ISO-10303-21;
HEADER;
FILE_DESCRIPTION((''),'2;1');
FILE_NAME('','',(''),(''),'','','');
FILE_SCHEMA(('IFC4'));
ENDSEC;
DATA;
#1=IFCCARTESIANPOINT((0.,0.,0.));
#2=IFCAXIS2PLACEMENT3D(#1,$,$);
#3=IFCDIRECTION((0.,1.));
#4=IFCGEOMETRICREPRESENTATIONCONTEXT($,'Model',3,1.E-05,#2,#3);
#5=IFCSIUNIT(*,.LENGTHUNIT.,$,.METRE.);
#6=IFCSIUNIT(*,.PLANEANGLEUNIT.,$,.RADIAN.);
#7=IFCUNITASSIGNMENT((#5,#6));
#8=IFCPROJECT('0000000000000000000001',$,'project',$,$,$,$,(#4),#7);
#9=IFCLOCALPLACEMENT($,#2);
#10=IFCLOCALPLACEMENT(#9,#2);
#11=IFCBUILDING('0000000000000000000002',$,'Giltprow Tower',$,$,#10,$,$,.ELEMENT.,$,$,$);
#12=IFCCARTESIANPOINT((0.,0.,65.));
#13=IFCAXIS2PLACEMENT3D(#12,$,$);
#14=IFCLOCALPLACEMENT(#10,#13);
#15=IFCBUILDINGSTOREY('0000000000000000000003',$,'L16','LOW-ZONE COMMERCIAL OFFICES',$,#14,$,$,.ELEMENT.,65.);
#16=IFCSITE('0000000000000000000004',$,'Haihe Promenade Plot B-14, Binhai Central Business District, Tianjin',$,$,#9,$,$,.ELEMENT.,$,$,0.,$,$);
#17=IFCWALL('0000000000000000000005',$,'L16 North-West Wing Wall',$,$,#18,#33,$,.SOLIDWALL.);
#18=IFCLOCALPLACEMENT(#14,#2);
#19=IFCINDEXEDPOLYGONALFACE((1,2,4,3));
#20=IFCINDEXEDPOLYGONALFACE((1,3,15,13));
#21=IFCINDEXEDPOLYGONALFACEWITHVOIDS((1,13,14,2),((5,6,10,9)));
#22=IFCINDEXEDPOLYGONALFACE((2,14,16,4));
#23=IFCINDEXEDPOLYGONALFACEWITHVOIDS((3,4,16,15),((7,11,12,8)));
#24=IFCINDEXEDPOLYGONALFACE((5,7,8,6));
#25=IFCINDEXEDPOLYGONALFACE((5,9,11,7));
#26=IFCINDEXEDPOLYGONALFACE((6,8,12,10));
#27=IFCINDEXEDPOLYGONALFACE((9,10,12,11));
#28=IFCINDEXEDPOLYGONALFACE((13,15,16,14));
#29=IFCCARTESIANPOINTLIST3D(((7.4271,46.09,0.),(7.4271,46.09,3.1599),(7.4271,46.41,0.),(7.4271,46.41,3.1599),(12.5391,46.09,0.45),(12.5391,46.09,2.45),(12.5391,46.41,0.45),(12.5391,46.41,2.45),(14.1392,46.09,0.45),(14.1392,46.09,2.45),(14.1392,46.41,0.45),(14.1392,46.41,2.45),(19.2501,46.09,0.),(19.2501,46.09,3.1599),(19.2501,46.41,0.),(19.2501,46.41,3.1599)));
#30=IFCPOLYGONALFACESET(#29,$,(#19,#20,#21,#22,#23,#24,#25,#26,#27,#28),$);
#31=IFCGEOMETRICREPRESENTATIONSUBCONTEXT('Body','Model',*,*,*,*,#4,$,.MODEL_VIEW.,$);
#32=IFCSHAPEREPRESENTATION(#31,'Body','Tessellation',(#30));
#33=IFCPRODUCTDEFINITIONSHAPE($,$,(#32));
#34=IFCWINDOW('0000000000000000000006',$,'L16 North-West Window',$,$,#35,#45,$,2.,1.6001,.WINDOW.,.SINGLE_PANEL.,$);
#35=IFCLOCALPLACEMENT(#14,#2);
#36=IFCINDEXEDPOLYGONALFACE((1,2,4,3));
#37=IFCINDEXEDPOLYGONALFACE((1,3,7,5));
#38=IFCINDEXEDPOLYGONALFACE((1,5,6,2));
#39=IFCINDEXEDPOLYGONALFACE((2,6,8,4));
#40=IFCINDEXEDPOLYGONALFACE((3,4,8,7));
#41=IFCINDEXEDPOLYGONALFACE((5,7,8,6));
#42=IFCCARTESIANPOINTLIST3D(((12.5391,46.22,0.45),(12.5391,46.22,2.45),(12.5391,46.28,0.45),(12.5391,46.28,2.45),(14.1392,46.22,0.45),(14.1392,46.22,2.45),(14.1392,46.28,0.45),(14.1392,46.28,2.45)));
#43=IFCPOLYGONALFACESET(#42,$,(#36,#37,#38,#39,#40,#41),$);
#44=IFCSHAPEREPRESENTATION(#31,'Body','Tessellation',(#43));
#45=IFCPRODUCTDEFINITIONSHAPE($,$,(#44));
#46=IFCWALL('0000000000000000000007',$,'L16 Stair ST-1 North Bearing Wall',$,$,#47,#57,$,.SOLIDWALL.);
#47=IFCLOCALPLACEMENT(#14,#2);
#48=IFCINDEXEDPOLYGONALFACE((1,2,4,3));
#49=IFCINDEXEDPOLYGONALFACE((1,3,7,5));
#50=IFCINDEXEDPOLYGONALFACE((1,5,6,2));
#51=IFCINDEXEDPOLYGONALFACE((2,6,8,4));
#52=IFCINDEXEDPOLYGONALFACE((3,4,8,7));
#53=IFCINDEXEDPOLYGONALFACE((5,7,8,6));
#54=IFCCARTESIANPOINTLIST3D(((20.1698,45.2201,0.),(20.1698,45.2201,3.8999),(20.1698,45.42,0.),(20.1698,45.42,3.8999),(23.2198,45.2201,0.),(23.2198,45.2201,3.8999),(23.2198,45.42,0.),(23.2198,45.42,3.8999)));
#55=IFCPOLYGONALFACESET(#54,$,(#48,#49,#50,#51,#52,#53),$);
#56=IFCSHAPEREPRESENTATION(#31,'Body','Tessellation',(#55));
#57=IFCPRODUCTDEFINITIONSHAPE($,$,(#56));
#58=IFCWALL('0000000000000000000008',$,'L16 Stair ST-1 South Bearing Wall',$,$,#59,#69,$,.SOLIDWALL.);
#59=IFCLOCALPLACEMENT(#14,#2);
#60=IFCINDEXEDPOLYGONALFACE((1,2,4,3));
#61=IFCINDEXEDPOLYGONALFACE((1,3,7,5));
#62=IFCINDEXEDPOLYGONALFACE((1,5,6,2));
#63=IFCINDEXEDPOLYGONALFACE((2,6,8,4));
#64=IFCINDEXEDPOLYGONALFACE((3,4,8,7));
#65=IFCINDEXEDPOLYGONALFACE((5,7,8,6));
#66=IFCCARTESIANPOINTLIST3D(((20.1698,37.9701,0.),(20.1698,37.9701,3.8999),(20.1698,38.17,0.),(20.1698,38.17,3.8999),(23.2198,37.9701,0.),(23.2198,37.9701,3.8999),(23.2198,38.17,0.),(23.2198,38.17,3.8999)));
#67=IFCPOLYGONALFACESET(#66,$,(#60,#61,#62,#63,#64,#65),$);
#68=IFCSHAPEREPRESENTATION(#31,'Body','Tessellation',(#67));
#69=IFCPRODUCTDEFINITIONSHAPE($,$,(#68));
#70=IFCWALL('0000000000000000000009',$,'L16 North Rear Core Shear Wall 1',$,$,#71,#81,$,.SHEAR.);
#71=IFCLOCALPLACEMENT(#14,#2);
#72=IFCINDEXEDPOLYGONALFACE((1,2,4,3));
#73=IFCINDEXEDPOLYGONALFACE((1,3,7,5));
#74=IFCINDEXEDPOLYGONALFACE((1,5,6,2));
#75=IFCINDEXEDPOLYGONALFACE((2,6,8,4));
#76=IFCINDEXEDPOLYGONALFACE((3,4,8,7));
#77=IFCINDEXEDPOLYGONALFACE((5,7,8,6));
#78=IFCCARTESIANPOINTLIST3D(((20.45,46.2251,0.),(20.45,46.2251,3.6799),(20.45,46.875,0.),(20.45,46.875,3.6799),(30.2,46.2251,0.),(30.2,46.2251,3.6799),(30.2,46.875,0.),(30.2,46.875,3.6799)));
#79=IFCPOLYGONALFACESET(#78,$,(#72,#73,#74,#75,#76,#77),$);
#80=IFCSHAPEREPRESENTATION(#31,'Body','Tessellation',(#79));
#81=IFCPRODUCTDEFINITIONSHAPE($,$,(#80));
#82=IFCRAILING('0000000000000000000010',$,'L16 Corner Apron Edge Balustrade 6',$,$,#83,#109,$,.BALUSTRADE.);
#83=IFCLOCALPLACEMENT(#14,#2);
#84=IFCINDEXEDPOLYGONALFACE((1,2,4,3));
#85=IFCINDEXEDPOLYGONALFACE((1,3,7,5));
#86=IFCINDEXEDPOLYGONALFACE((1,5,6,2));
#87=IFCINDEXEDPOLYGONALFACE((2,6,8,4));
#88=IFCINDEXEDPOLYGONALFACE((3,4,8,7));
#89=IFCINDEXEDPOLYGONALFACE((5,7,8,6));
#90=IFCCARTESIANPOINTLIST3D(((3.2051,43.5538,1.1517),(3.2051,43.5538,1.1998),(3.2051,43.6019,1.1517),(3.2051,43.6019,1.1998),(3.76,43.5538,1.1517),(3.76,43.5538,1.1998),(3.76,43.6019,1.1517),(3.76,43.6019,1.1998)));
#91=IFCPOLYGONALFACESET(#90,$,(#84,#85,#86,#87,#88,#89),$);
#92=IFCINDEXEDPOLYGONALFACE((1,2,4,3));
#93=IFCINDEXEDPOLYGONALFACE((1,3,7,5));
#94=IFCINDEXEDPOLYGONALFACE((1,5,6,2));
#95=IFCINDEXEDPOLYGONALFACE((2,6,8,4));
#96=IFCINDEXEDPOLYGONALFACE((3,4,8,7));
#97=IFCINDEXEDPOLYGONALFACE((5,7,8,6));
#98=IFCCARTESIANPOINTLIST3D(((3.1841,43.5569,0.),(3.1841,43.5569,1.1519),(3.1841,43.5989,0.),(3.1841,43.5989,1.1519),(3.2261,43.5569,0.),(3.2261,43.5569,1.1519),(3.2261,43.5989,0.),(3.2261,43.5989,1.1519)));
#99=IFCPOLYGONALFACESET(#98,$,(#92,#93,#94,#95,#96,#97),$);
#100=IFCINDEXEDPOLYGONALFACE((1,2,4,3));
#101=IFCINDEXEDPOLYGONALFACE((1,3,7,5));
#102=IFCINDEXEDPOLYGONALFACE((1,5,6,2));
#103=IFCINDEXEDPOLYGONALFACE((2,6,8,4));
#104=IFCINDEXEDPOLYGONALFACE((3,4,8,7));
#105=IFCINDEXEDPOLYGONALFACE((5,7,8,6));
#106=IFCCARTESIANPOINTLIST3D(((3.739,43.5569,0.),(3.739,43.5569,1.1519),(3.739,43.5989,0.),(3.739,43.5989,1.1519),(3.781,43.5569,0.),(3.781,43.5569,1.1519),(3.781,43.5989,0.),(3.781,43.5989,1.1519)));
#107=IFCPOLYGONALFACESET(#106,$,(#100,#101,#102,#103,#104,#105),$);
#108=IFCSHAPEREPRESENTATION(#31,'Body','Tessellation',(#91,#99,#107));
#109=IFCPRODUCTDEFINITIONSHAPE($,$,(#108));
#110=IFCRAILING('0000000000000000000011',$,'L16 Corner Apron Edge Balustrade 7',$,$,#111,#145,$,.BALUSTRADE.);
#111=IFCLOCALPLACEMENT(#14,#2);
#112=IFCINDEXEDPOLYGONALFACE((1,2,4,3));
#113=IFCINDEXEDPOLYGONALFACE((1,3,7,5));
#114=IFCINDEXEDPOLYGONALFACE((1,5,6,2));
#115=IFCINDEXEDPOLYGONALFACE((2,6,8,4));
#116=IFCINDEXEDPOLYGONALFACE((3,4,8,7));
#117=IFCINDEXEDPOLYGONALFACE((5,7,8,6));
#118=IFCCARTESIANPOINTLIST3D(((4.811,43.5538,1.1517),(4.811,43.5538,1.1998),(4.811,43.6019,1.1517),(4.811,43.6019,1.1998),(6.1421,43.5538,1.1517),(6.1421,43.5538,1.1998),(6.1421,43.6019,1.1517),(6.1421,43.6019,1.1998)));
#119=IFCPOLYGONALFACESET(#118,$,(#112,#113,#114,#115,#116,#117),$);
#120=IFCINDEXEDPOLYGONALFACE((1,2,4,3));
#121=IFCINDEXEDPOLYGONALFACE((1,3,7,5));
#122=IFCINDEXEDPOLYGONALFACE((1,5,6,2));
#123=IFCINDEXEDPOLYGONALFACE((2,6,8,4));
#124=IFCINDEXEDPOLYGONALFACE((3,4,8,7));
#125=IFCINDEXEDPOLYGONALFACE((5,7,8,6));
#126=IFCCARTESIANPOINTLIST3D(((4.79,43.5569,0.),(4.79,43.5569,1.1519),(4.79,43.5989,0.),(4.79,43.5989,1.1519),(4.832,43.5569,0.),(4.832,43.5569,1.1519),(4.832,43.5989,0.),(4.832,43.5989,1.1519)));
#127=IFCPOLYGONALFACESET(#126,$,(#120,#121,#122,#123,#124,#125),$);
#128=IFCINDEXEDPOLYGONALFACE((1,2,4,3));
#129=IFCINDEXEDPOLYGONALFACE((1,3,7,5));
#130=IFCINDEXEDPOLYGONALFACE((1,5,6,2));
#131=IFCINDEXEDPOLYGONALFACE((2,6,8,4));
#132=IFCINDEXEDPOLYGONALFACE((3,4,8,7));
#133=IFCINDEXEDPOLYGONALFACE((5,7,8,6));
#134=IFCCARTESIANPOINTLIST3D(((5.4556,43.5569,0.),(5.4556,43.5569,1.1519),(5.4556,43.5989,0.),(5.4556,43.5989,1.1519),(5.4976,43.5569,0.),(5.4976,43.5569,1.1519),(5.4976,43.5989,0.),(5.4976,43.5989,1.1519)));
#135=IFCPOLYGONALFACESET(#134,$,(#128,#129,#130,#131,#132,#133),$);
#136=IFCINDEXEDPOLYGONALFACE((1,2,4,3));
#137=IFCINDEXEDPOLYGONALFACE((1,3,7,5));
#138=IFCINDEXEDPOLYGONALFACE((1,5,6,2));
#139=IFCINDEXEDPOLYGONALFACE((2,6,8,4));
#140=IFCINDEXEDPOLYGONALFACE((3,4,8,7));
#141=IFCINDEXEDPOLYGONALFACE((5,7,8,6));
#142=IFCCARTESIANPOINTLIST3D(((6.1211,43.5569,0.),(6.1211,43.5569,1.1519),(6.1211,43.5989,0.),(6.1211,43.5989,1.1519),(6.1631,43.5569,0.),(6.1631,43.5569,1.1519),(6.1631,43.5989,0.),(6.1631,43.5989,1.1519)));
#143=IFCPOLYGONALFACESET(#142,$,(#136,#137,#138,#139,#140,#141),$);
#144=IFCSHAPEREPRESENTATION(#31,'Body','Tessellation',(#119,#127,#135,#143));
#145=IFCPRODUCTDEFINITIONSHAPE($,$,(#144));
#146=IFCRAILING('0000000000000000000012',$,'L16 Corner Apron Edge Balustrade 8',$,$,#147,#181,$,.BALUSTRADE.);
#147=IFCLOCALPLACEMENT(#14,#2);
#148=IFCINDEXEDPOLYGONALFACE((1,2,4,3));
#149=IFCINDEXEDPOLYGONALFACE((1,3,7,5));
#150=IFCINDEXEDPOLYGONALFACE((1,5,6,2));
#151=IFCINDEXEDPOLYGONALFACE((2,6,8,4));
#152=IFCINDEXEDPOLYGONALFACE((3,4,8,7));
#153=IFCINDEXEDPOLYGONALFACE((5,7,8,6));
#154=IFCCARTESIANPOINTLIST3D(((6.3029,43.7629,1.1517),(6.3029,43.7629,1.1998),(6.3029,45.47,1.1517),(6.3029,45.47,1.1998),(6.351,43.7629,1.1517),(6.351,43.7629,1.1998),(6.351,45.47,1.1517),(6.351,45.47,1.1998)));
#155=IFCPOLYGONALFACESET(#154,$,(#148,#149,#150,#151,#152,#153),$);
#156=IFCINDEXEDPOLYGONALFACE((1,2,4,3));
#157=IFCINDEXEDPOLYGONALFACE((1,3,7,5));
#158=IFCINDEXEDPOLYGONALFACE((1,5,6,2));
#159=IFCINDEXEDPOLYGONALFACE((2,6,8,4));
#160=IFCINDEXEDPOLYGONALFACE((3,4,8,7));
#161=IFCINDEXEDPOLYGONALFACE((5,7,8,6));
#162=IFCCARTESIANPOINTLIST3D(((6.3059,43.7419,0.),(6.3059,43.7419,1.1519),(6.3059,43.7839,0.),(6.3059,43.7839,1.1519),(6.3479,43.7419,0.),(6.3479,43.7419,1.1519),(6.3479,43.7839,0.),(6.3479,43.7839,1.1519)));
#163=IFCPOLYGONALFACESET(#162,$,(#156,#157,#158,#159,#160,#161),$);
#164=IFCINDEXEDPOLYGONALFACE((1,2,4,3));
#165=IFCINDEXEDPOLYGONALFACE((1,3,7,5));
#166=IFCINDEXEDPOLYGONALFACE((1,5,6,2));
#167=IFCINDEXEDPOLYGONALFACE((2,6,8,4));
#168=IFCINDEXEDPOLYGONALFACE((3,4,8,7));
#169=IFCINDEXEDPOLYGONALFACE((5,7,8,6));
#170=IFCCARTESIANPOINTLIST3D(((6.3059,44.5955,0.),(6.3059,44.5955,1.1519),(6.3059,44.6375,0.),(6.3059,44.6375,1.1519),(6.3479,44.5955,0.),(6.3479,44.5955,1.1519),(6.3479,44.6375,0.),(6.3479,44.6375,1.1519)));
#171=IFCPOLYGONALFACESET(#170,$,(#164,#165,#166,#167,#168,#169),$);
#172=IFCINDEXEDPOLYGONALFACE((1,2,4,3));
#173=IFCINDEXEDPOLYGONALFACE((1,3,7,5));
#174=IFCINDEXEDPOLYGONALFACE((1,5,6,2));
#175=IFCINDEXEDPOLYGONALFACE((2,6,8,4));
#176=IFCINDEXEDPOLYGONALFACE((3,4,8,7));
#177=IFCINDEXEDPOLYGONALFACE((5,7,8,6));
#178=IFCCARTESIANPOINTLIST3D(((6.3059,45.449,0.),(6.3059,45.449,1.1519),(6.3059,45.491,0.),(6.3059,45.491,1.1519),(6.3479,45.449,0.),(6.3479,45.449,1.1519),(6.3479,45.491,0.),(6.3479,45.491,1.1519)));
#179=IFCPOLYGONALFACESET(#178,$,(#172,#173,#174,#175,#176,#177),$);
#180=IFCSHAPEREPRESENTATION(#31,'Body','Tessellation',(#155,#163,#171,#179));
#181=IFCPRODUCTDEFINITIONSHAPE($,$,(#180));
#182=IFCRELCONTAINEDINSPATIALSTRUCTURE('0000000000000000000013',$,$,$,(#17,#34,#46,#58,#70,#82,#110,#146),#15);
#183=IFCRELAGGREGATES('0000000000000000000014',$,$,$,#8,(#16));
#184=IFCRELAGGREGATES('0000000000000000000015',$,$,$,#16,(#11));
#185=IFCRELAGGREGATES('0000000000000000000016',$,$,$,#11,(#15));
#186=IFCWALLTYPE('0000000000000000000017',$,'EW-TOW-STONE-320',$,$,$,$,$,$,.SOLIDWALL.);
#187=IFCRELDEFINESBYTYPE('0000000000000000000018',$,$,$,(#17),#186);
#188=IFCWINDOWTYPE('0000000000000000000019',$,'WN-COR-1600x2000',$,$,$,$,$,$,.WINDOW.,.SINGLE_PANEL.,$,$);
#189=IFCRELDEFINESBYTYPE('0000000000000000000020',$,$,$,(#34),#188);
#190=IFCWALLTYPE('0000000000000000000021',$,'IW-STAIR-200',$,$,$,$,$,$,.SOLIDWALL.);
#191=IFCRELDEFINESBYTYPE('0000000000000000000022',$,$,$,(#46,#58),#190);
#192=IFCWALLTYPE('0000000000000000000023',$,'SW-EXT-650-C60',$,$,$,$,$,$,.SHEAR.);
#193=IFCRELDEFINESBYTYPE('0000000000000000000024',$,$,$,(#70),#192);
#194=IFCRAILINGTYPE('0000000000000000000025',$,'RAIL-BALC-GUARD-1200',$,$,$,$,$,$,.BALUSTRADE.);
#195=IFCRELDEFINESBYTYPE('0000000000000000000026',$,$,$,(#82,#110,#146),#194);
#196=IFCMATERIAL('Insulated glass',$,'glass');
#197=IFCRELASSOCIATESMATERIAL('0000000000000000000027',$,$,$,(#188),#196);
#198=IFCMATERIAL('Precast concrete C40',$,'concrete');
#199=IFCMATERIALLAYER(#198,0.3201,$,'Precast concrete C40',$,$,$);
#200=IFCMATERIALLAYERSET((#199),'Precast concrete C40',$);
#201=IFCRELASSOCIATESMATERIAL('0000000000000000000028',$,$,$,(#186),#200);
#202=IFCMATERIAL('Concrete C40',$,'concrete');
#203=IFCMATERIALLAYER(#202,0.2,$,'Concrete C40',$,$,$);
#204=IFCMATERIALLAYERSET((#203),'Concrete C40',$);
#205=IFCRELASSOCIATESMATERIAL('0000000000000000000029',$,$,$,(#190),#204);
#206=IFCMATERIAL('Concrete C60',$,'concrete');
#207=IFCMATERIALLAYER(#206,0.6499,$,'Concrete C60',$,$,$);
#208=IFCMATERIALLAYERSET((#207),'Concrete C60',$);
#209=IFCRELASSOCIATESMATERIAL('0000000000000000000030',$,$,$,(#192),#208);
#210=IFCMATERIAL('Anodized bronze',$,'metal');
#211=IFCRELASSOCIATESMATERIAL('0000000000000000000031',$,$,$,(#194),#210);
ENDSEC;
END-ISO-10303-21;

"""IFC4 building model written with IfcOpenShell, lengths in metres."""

from ifc_helpers import new_model, si_unit, direction, frame, frame_2d, origin, origin_2d, place, context, subcontext, project, spatial, rectangle, extrude, source, transform, mapped, material, layer, layer_set, type_object, element, fill, save


model = new_model("IFC4")

# Units and contexts
model_context = context("Model", 3, precision=1e-05, world=origin(), true_north=direction((0.0, 1.0)))
body_context = subcontext(model_context, "Body", "Model", "MODEL_VIEW")
ifc_project = project(units=[si_unit("LENGTHUNIT", "METRE"), si_unit("PLANEANGLEUNIT", "RADIAN")], contexts=[model_context])

# Site, building, storey
site_placement = place(None, origin())
site = spatial("IfcSite", under=ifc_project, at=site_placement, Name="Haihe Promenade Plot B-14, Binhai Central Business District, Tianjin", CompositionType="ELEMENT", RefElevation=0.0)
building_placement = place(site_placement, origin())
building = spatial("IfcBuilding", under=site, at=building_placement, Name="Giltprow Tower", CompositionType="ELEMENT")
storey_placement = place(building_placement, frame((0.0, 0.0, 65.0)))
storey = spatial("IfcBuildingStorey", under=building, at=storey_placement, Name="L16", Description="LOW-ZONE COMMERCIAL OFFICES", CompositionType="ELEMENT", Elevation=65.0)

# Shared definitions
ifc_material_1 = material(Name="Concrete C60", Category="concrete")

# Wall, opening, window
ifc_material_2 = material(Name="Precast concrete C40", Category="concrete")
ifc_material_3 = material(Name="Insulated glass", Category="glass")
window_type = type_object("IfcWindowType", Name="WN-COR-1600x2000", PartitioningType="SINGLE_PANEL", PredefinedType="WINDOW", material=ifc_material_3)
shared_shape_1 = source(origin(), body_context, "Body", "SweptSolid", [
    extrude(rectangle(XDim=1.6001, YDim=2.0, at=frame_2d((0.8, 1.0))), frame((0.0, 0.03, 0.0), z_axis=(0.0, -1.0, 0.0), x_axis=(1.0, 0.0, 0.0)), (0.0, 0.0, 1.0), 0.0601),
])
ifc_layer_1 = layer(ifc_material_2, 0.3201, Name="Precast concrete C40")
ifc_layer_set_1 = layer_set([ifc_layer_1], Name="Precast concrete C40")
wall_type_1 = type_object("IfcWallType", Name="EW-TOW-STONE-320", PredefinedType="SOLIDWALL", material=ifc_layer_set_1)
wall_1_placement = place(storey_placement, frame((7.427, 46.25, 0.0), z_axis=(0.0, 0.0, 1.0), x_axis=(1.0, 0.0, 0.0)))
wall_1 = element("IfcWall", 1, at=wall_1_placement, inside=storey, type_object=wall_type_1, Name="L16 North-West Wing Wall", PredefinedType="SOLIDWALL", context=body_context, shape_type="SweptSolid", body=[
    extrude(rectangle(XDim=11.823, YDim=0.3201, at=frame_2d((5.9116, 0.0))), origin(), (0.0, 0.0, 1.0), 3.1599),
])
opening_1_placement = place(wall_1_placement, frame((5.1121, 0.0, 0.45)))
opening_1 = element("IfcOpeningElement", 2, at=opening_1_placement, cuts=wall_1, PredefinedType="OPENING", context=body_context, shape_type="SweptSolid", body=[
    extrude(rectangle(XDim=1.6001, YDim=2.0, at=frame_2d((0.8, 1.0))), frame((0.0, 0.1699, 0.0), z_axis=(0.0, -1.0, 0.0), x_axis=(1.0, 0.0, 0.0)), (0.0, 0.0, 1.0), 0.3401),
])
window_1_placement = place(opening_1_placement, origin())
window_1 = element("IfcWindow", 3, at=window_1_placement, inside=storey, type_object=window_type, Name="L16 North-West Window", OverallHeight=2.0, OverallWidth=1.6001, PartitioningType="SINGLE_PANEL", PredefinedType="WINDOW", context=body_context, shape_type="MappedRepresentation", body=[
    mapped(shared_shape_1, transform((0.0, 0.0, 0.0), x_axis=(1.0, 0.0, 0.0), y_axis=(0.0, 1.0, 0.0), z_axis=(0.0, 0.0, 1.0), scale=1.0)),
])
fill(opening_1, window_1)

# Walls
ifc_material_4 = material(Name="Concrete C40", Category="concrete")
ifc_layer_2 = layer(ifc_material_4, 0.2, Name="Concrete C40")
ifc_layer_set_2 = layer_set([ifc_layer_2], Name="Concrete C40")
wall_type_2 = type_object("IfcWallType", Name="IW-STAIR-200", PredefinedType="SOLIDWALL", material=ifc_layer_set_2)
for number, where, z_axis, x_axis, name in (
    (4, (20.1699, 45.3201, 0.0), (0.0, 0.0, 1.0), (1.0, 0.0, 0.0), "L16 Stair ST-1 North Bearing Wall"),
    (5, (20.1699, 38.0701, 0.0), (0.0, 0.0, 1.0), (1.0, 0.0, 0.0), "L16 Stair ST-1 South Bearing Wall"),
):
    element("IfcWall", number, at=place(storey_placement, frame(where, z_axis=z_axis, x_axis=x_axis)), inside=storey, type_object=wall_type_2, Name=name, PredefinedType="SOLIDWALL", context=body_context, shape_type="SweptSolid", body=[
        extrude(rectangle(XDim=3.05, YDim=0.2, at=frame_2d((1.5249, 0.0))), origin(), (0.0, 0.0, 1.0), 3.8999),
    ])
ifc_layer_3 = layer(ifc_material_1, 0.6499, Name="Concrete C60")
ifc_layer_set_3 = layer_set([ifc_layer_3], Name="Concrete C60")
wall_type_3 = type_object("IfcWallType", Name="SW-EXT-650-C60", PredefinedType="SHEAR", material=ifc_layer_set_3)
wall_2_placement = place(storey_placement, frame((20.45, 46.55, 0.0), z_axis=(0.0, 0.0, 1.0), x_axis=(1.0, 0.0, 0.0)))
element("IfcWall", 6, at=wall_2_placement, inside=storey, type_object=wall_type_3, Name="L16 North Rear Core Shear Wall 1", PredefinedType="SHEAR", context=body_context, shape_type="SweptSolid", body=[
    extrude(rectangle(XDim=9.75, YDim=0.6499, at=frame_2d((4.875, 0.0))), origin(), (0.0, 0.0, 1.0), 3.6799),
])

# Railings
ifc_material_5 = material(Name="Anodized bronze", Category="metal")
railing_type_1 = type_object("IfcRailingType", Name="RAIL-BALC-GUARD-1200", PredefinedType="BALUSTRADE", material=ifc_material_5)
railing_1_placement = place(storey_placement, frame((3.2051, 43.5779, 0.0)))
element("IfcRailing", 7, at=railing_1_placement, inside=storey, type_object=railing_type_1, Name="L16 Corner Apron Edge Balustrade 6", PredefinedType="BALUSTRADE", context=body_context, shape_type="SweptSolid", body=[
    extrude(rectangle(XDim=0.0481, YDim=0.0481, at=origin_2d()), frame((0.0, 0.0, 1.1758), z_axis=(1.0, 0.0, 0.0), x_axis=(0.0, 1.0, 0.0)), (0.0, 0.0, 1.0), 0.5549),
    extrude(rectangle(XDim=0.042, YDim=0.042, at=origin_2d()), origin(), (0.0, 0.0, 1.0), 1.1519),
    extrude(rectangle(XDim=0.042, YDim=0.042, at=origin_2d()), frame((0.5549, 0.0, 0.0)), (0.0, 0.0, 1.0), 1.1519),
])
railing_2_placement = place(storey_placement, frame((4.811, 43.5779, 0.0)))
element("IfcRailing", 8, at=railing_2_placement, inside=storey, type_object=railing_type_1, Name="L16 Corner Apron Edge Balustrade 7", PredefinedType="BALUSTRADE", context=body_context, shape_type="SweptSolid", body=[
    extrude(rectangle(XDim=0.0481, YDim=0.0481, at=origin_2d()), frame((0.0, 0.0, 1.1758), z_axis=(1.0, 0.0, 0.0), x_axis=(0.0, 1.0, 0.0)), (0.0, 0.0, 1.0), 1.3311),
    extrude(rectangle(XDim=0.042, YDim=0.042, at=origin_2d()), origin(), (0.0, 0.0, 1.0), 1.1519),
    extrude(rectangle(XDim=0.042, YDim=0.042, at=origin_2d()), frame((0.6655, 0.0, 0.0)), (0.0, 0.0, 1.0), 1.1519),
    extrude(rectangle(XDim=0.042, YDim=0.042, at=origin_2d()), frame((1.3311, 0.0, 0.0)), (0.0, 0.0, 1.0), 1.1519),
])
railing_3_placement = place(storey_placement, frame((6.3269, 43.7629, 0.0)))
element("IfcRailing", 9, at=railing_3_placement, inside=storey, type_object=railing_type_1, Name="L16 Corner Apron Edge Balustrade 8", PredefinedType="BALUSTRADE", context=body_context, shape_type="SweptSolid", body=[
    extrude(rectangle(XDim=0.0481, YDim=0.0481, at=origin_2d()), frame((0.0, 0.0, 1.1758), z_axis=(0.0, 1.0, 0.0), x_axis=(-1.0, 0.0, 0.0)), (0.0, 0.0, 1.0), 1.707),
    extrude(rectangle(XDim=0.042, YDim=0.042, at=origin_2d()), origin(), (0.0, 0.0, 1.0), 1.1519),
    extrude(rectangle(XDim=0.042, YDim=0.042, at=origin_2d()), frame((0.0, 0.8535, 0.0)), (0.0, 0.0, 1.0), 1.1519),
    extrude(rectangle(XDim=0.042, YDim=0.042, at=origin_2d()), frame((0.0, 1.707, 0.0)), (0.0, 0.0, 1.0), 1.1519),
])

save(model, "model.ifc")
